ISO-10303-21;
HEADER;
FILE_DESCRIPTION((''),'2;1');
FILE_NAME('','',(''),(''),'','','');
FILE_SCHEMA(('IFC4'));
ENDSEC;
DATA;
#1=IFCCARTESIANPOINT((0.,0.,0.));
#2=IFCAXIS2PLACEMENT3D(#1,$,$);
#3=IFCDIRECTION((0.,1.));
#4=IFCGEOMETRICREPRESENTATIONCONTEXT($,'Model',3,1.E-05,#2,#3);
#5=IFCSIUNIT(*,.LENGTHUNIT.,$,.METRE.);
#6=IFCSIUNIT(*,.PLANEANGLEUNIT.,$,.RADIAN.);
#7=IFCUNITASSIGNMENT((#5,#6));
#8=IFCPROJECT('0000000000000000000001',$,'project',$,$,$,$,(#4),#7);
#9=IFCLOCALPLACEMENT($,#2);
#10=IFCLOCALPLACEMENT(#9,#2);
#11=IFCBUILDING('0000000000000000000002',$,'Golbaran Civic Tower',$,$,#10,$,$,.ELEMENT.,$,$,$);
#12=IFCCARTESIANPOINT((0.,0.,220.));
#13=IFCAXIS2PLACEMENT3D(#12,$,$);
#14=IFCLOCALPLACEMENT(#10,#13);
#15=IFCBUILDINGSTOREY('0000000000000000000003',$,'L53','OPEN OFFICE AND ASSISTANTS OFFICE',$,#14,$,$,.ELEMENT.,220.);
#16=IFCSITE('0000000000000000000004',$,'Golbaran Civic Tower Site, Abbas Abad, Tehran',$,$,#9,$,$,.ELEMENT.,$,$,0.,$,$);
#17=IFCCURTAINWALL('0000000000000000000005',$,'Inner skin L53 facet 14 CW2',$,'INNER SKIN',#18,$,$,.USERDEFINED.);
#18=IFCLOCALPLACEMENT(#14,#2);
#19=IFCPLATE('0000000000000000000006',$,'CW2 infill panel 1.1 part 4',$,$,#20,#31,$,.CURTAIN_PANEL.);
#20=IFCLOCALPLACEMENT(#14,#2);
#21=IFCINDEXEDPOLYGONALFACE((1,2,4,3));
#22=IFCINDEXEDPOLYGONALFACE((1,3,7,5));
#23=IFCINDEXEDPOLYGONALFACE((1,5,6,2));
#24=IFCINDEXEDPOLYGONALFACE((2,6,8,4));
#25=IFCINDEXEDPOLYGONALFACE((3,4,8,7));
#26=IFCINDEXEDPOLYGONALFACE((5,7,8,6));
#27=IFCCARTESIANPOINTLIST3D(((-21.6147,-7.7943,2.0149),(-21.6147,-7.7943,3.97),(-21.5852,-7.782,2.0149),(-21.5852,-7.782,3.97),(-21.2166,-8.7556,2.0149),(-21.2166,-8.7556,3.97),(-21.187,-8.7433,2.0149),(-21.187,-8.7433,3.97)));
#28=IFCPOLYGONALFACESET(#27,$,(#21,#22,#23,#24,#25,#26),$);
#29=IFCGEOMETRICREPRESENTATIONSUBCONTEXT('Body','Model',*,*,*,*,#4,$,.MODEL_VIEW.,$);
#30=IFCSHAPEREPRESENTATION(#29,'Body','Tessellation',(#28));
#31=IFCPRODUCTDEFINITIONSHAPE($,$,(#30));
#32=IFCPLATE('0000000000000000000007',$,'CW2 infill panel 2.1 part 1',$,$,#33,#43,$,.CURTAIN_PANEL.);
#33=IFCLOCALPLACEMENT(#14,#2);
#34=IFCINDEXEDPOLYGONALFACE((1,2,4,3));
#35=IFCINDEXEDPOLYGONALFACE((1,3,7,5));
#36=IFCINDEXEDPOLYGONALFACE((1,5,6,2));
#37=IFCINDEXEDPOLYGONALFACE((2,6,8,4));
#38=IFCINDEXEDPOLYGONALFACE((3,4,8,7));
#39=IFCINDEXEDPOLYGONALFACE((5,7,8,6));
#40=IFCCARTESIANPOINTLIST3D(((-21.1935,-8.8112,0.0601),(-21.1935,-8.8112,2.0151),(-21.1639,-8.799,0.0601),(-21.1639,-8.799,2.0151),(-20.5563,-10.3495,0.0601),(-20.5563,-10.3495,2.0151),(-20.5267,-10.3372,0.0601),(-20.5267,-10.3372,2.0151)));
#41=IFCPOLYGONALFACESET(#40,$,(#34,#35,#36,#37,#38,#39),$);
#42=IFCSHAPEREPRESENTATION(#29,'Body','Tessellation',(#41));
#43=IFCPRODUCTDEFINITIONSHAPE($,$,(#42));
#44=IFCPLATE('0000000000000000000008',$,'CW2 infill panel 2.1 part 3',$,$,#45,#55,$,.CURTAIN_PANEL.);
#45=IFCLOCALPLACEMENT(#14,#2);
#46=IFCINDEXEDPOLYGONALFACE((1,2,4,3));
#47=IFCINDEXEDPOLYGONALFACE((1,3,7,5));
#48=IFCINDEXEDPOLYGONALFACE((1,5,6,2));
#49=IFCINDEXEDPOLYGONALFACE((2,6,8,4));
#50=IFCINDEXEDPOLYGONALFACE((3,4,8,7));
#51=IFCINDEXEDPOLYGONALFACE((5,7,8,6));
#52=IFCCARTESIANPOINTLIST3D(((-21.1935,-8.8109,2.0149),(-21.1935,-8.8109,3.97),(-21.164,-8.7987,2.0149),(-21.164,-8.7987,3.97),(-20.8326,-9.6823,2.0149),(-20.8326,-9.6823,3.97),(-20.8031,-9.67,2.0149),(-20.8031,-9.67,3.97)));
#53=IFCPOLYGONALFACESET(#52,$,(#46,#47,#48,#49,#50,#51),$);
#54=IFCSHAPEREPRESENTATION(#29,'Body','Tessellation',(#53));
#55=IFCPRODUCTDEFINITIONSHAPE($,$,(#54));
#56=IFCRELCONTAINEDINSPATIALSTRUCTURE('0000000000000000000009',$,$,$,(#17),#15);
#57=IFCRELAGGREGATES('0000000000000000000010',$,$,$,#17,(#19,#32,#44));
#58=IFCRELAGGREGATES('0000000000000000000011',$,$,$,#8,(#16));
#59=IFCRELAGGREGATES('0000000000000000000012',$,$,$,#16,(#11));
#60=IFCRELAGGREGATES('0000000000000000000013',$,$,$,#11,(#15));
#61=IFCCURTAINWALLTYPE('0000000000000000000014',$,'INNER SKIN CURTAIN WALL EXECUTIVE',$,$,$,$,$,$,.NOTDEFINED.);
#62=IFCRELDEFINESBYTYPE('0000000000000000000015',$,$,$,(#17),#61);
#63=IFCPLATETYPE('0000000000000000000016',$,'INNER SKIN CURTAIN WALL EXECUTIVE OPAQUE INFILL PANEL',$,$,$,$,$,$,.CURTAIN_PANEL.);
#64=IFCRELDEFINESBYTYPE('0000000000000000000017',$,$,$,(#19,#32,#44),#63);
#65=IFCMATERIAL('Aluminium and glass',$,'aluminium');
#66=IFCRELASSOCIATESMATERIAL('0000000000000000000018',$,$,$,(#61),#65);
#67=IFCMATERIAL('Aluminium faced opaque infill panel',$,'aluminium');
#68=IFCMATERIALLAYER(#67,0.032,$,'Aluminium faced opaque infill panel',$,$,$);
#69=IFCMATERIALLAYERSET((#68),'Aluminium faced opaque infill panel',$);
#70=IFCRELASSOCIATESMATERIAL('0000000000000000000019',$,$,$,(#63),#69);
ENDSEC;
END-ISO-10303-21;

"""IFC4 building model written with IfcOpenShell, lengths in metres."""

from ifc_helpers import new_model, si_unit, direction, frame, origin, origin_2d, place, context, subcontext, project, spatial, rectangle, extrude, material, layer, layer_set, type_object, element, aggregate, save


model = new_model("IFC4")

# Units and contexts
model_context = context("Model", 3, precision=1e-05, world=origin(), true_north=direction((0.0, 1.0)))
body_context = subcontext(model_context, "Body", "Model", "MODEL_VIEW")
ifc_project = project(units=[si_unit("LENGTHUNIT", "METRE"), si_unit("PLANEANGLEUNIT", "RADIAN")], contexts=[model_context])

# Site, building, storey
site_placement = place(None, origin())
site = spatial("IfcSite", under=ifc_project, at=site_placement, Name="Golbaran Civic Tower Site, Abbas Abad, Tehran", CompositionType="ELEMENT", RefElevation=0.0)
building_placement = place(site_placement, origin())
building = spatial("IfcBuilding", under=site, at=building_placement, Name="Golbaran Civic Tower", CompositionType="ELEMENT")
storey_placement = place(building_placement, frame((0.0, 0.0, 220.0)))
storey = spatial("IfcBuildingStorey", under=building, at=storey_placement, Name="L53", Description="OPEN OFFICE AND ASSISTANTS OFFICE", CompositionType="ELEMENT", Elevation=220.0)

# Curtain wall
ifc_material_1 = material(Name="Aluminium and glass", Category="aluminium")
curtain_wall_type = type_object("IfcCurtainWallType", Name="INNER SKIN CURTAIN WALL EXECUTIVE", PredefinedType="NOTDEFINED", material=ifc_material_1)
curtain_wall_1_placement = place(storey_placement, origin())
curtain_wall_1 = element("IfcCurtainWall", 1, at=curtain_wall_1_placement, inside=storey, type_object=curtain_wall_type, Name="Inner skin L53 facet 14 CW2", ObjectType="INNER SKIN", PredefinedType="USERDEFINED")

# Plates
ifc_material_2 = material(Name="Aluminium faced opaque infill panel", Category="aluminium")
ifc_layer_1 = layer(ifc_material_2, 0.032, Name="Aluminium faced opaque infill panel")
ifc_layer_set_1 = layer_set([ifc_layer_1], Name="Aluminium faced opaque infill panel")
plate_type_1 = type_object("IfcPlateType", Name="INNER SKIN CURTAIN WALL EXECUTIVE OPAQUE INFILL PANEL", PredefinedType="CURTAIN_PANEL", material=ifc_layer_set_1)
plate_1_placement = place(storey_placement, frame((-21.4009, -8.2688, 2.0149), z_axis=(0.0, 0.0, 1.0), x_axis=(0.382683, -0.92388, 0.0)))
plate_1 = element("IfcPlate", 2, at=plate_1_placement, type_object=plate_type_1, Name="CW2 infill panel 1.1 part 4", PredefinedType="CURTAIN_PANEL", context=body_context, shape_type="SweptSolid", body=[
    extrude(rectangle(XDim=1.0405, YDim=0.032, at=origin_2d()), origin(), (0.0, 0.0, 1.0), 1.9551),
])
plate_2_placement = place(storey_placement, frame((-20.8601, -9.5742, 0.0601), z_axis=(0.0, 0.0, 1.0), x_axis=(0.382683, -0.92388, 0.0)))
plate_2 = element("IfcPlate", 3, at=plate_2_placement, type_object=plate_type_1, Name="CW2 infill panel 2.1 part 1", PredefinedType="CURTAIN_PANEL", context=body_context, shape_type="SweptSolid", body=[
    extrude(rectangle(XDim=1.665, YDim=0.032, at=origin_2d()), origin(), (0.0, 0.0, 1.0), 1.9551),
])
plate_3_placement = place(storey_placement, frame((-20.9983, -9.2405, 2.0149), z_axis=(0.0, 0.0, 1.0), x_axis=(0.382683, -0.92388, 0.0)))
plate_3 = element("IfcPlate", 4, at=plate_3_placement, type_object=plate_type_1, Name="CW2 infill panel 2.1 part 3", PredefinedType="CURTAIN_PANEL", context=body_context, shape_type="SweptSolid", body=[
    extrude(rectangle(XDim=0.9431, YDim=0.032, at=origin_2d()), origin(), (0.0, 0.0, 1.0), 1.9551),
])
aggregate(curtain_wall_1, [plate_1, plate_2, plate_3])

save(model, "model.ifc")
